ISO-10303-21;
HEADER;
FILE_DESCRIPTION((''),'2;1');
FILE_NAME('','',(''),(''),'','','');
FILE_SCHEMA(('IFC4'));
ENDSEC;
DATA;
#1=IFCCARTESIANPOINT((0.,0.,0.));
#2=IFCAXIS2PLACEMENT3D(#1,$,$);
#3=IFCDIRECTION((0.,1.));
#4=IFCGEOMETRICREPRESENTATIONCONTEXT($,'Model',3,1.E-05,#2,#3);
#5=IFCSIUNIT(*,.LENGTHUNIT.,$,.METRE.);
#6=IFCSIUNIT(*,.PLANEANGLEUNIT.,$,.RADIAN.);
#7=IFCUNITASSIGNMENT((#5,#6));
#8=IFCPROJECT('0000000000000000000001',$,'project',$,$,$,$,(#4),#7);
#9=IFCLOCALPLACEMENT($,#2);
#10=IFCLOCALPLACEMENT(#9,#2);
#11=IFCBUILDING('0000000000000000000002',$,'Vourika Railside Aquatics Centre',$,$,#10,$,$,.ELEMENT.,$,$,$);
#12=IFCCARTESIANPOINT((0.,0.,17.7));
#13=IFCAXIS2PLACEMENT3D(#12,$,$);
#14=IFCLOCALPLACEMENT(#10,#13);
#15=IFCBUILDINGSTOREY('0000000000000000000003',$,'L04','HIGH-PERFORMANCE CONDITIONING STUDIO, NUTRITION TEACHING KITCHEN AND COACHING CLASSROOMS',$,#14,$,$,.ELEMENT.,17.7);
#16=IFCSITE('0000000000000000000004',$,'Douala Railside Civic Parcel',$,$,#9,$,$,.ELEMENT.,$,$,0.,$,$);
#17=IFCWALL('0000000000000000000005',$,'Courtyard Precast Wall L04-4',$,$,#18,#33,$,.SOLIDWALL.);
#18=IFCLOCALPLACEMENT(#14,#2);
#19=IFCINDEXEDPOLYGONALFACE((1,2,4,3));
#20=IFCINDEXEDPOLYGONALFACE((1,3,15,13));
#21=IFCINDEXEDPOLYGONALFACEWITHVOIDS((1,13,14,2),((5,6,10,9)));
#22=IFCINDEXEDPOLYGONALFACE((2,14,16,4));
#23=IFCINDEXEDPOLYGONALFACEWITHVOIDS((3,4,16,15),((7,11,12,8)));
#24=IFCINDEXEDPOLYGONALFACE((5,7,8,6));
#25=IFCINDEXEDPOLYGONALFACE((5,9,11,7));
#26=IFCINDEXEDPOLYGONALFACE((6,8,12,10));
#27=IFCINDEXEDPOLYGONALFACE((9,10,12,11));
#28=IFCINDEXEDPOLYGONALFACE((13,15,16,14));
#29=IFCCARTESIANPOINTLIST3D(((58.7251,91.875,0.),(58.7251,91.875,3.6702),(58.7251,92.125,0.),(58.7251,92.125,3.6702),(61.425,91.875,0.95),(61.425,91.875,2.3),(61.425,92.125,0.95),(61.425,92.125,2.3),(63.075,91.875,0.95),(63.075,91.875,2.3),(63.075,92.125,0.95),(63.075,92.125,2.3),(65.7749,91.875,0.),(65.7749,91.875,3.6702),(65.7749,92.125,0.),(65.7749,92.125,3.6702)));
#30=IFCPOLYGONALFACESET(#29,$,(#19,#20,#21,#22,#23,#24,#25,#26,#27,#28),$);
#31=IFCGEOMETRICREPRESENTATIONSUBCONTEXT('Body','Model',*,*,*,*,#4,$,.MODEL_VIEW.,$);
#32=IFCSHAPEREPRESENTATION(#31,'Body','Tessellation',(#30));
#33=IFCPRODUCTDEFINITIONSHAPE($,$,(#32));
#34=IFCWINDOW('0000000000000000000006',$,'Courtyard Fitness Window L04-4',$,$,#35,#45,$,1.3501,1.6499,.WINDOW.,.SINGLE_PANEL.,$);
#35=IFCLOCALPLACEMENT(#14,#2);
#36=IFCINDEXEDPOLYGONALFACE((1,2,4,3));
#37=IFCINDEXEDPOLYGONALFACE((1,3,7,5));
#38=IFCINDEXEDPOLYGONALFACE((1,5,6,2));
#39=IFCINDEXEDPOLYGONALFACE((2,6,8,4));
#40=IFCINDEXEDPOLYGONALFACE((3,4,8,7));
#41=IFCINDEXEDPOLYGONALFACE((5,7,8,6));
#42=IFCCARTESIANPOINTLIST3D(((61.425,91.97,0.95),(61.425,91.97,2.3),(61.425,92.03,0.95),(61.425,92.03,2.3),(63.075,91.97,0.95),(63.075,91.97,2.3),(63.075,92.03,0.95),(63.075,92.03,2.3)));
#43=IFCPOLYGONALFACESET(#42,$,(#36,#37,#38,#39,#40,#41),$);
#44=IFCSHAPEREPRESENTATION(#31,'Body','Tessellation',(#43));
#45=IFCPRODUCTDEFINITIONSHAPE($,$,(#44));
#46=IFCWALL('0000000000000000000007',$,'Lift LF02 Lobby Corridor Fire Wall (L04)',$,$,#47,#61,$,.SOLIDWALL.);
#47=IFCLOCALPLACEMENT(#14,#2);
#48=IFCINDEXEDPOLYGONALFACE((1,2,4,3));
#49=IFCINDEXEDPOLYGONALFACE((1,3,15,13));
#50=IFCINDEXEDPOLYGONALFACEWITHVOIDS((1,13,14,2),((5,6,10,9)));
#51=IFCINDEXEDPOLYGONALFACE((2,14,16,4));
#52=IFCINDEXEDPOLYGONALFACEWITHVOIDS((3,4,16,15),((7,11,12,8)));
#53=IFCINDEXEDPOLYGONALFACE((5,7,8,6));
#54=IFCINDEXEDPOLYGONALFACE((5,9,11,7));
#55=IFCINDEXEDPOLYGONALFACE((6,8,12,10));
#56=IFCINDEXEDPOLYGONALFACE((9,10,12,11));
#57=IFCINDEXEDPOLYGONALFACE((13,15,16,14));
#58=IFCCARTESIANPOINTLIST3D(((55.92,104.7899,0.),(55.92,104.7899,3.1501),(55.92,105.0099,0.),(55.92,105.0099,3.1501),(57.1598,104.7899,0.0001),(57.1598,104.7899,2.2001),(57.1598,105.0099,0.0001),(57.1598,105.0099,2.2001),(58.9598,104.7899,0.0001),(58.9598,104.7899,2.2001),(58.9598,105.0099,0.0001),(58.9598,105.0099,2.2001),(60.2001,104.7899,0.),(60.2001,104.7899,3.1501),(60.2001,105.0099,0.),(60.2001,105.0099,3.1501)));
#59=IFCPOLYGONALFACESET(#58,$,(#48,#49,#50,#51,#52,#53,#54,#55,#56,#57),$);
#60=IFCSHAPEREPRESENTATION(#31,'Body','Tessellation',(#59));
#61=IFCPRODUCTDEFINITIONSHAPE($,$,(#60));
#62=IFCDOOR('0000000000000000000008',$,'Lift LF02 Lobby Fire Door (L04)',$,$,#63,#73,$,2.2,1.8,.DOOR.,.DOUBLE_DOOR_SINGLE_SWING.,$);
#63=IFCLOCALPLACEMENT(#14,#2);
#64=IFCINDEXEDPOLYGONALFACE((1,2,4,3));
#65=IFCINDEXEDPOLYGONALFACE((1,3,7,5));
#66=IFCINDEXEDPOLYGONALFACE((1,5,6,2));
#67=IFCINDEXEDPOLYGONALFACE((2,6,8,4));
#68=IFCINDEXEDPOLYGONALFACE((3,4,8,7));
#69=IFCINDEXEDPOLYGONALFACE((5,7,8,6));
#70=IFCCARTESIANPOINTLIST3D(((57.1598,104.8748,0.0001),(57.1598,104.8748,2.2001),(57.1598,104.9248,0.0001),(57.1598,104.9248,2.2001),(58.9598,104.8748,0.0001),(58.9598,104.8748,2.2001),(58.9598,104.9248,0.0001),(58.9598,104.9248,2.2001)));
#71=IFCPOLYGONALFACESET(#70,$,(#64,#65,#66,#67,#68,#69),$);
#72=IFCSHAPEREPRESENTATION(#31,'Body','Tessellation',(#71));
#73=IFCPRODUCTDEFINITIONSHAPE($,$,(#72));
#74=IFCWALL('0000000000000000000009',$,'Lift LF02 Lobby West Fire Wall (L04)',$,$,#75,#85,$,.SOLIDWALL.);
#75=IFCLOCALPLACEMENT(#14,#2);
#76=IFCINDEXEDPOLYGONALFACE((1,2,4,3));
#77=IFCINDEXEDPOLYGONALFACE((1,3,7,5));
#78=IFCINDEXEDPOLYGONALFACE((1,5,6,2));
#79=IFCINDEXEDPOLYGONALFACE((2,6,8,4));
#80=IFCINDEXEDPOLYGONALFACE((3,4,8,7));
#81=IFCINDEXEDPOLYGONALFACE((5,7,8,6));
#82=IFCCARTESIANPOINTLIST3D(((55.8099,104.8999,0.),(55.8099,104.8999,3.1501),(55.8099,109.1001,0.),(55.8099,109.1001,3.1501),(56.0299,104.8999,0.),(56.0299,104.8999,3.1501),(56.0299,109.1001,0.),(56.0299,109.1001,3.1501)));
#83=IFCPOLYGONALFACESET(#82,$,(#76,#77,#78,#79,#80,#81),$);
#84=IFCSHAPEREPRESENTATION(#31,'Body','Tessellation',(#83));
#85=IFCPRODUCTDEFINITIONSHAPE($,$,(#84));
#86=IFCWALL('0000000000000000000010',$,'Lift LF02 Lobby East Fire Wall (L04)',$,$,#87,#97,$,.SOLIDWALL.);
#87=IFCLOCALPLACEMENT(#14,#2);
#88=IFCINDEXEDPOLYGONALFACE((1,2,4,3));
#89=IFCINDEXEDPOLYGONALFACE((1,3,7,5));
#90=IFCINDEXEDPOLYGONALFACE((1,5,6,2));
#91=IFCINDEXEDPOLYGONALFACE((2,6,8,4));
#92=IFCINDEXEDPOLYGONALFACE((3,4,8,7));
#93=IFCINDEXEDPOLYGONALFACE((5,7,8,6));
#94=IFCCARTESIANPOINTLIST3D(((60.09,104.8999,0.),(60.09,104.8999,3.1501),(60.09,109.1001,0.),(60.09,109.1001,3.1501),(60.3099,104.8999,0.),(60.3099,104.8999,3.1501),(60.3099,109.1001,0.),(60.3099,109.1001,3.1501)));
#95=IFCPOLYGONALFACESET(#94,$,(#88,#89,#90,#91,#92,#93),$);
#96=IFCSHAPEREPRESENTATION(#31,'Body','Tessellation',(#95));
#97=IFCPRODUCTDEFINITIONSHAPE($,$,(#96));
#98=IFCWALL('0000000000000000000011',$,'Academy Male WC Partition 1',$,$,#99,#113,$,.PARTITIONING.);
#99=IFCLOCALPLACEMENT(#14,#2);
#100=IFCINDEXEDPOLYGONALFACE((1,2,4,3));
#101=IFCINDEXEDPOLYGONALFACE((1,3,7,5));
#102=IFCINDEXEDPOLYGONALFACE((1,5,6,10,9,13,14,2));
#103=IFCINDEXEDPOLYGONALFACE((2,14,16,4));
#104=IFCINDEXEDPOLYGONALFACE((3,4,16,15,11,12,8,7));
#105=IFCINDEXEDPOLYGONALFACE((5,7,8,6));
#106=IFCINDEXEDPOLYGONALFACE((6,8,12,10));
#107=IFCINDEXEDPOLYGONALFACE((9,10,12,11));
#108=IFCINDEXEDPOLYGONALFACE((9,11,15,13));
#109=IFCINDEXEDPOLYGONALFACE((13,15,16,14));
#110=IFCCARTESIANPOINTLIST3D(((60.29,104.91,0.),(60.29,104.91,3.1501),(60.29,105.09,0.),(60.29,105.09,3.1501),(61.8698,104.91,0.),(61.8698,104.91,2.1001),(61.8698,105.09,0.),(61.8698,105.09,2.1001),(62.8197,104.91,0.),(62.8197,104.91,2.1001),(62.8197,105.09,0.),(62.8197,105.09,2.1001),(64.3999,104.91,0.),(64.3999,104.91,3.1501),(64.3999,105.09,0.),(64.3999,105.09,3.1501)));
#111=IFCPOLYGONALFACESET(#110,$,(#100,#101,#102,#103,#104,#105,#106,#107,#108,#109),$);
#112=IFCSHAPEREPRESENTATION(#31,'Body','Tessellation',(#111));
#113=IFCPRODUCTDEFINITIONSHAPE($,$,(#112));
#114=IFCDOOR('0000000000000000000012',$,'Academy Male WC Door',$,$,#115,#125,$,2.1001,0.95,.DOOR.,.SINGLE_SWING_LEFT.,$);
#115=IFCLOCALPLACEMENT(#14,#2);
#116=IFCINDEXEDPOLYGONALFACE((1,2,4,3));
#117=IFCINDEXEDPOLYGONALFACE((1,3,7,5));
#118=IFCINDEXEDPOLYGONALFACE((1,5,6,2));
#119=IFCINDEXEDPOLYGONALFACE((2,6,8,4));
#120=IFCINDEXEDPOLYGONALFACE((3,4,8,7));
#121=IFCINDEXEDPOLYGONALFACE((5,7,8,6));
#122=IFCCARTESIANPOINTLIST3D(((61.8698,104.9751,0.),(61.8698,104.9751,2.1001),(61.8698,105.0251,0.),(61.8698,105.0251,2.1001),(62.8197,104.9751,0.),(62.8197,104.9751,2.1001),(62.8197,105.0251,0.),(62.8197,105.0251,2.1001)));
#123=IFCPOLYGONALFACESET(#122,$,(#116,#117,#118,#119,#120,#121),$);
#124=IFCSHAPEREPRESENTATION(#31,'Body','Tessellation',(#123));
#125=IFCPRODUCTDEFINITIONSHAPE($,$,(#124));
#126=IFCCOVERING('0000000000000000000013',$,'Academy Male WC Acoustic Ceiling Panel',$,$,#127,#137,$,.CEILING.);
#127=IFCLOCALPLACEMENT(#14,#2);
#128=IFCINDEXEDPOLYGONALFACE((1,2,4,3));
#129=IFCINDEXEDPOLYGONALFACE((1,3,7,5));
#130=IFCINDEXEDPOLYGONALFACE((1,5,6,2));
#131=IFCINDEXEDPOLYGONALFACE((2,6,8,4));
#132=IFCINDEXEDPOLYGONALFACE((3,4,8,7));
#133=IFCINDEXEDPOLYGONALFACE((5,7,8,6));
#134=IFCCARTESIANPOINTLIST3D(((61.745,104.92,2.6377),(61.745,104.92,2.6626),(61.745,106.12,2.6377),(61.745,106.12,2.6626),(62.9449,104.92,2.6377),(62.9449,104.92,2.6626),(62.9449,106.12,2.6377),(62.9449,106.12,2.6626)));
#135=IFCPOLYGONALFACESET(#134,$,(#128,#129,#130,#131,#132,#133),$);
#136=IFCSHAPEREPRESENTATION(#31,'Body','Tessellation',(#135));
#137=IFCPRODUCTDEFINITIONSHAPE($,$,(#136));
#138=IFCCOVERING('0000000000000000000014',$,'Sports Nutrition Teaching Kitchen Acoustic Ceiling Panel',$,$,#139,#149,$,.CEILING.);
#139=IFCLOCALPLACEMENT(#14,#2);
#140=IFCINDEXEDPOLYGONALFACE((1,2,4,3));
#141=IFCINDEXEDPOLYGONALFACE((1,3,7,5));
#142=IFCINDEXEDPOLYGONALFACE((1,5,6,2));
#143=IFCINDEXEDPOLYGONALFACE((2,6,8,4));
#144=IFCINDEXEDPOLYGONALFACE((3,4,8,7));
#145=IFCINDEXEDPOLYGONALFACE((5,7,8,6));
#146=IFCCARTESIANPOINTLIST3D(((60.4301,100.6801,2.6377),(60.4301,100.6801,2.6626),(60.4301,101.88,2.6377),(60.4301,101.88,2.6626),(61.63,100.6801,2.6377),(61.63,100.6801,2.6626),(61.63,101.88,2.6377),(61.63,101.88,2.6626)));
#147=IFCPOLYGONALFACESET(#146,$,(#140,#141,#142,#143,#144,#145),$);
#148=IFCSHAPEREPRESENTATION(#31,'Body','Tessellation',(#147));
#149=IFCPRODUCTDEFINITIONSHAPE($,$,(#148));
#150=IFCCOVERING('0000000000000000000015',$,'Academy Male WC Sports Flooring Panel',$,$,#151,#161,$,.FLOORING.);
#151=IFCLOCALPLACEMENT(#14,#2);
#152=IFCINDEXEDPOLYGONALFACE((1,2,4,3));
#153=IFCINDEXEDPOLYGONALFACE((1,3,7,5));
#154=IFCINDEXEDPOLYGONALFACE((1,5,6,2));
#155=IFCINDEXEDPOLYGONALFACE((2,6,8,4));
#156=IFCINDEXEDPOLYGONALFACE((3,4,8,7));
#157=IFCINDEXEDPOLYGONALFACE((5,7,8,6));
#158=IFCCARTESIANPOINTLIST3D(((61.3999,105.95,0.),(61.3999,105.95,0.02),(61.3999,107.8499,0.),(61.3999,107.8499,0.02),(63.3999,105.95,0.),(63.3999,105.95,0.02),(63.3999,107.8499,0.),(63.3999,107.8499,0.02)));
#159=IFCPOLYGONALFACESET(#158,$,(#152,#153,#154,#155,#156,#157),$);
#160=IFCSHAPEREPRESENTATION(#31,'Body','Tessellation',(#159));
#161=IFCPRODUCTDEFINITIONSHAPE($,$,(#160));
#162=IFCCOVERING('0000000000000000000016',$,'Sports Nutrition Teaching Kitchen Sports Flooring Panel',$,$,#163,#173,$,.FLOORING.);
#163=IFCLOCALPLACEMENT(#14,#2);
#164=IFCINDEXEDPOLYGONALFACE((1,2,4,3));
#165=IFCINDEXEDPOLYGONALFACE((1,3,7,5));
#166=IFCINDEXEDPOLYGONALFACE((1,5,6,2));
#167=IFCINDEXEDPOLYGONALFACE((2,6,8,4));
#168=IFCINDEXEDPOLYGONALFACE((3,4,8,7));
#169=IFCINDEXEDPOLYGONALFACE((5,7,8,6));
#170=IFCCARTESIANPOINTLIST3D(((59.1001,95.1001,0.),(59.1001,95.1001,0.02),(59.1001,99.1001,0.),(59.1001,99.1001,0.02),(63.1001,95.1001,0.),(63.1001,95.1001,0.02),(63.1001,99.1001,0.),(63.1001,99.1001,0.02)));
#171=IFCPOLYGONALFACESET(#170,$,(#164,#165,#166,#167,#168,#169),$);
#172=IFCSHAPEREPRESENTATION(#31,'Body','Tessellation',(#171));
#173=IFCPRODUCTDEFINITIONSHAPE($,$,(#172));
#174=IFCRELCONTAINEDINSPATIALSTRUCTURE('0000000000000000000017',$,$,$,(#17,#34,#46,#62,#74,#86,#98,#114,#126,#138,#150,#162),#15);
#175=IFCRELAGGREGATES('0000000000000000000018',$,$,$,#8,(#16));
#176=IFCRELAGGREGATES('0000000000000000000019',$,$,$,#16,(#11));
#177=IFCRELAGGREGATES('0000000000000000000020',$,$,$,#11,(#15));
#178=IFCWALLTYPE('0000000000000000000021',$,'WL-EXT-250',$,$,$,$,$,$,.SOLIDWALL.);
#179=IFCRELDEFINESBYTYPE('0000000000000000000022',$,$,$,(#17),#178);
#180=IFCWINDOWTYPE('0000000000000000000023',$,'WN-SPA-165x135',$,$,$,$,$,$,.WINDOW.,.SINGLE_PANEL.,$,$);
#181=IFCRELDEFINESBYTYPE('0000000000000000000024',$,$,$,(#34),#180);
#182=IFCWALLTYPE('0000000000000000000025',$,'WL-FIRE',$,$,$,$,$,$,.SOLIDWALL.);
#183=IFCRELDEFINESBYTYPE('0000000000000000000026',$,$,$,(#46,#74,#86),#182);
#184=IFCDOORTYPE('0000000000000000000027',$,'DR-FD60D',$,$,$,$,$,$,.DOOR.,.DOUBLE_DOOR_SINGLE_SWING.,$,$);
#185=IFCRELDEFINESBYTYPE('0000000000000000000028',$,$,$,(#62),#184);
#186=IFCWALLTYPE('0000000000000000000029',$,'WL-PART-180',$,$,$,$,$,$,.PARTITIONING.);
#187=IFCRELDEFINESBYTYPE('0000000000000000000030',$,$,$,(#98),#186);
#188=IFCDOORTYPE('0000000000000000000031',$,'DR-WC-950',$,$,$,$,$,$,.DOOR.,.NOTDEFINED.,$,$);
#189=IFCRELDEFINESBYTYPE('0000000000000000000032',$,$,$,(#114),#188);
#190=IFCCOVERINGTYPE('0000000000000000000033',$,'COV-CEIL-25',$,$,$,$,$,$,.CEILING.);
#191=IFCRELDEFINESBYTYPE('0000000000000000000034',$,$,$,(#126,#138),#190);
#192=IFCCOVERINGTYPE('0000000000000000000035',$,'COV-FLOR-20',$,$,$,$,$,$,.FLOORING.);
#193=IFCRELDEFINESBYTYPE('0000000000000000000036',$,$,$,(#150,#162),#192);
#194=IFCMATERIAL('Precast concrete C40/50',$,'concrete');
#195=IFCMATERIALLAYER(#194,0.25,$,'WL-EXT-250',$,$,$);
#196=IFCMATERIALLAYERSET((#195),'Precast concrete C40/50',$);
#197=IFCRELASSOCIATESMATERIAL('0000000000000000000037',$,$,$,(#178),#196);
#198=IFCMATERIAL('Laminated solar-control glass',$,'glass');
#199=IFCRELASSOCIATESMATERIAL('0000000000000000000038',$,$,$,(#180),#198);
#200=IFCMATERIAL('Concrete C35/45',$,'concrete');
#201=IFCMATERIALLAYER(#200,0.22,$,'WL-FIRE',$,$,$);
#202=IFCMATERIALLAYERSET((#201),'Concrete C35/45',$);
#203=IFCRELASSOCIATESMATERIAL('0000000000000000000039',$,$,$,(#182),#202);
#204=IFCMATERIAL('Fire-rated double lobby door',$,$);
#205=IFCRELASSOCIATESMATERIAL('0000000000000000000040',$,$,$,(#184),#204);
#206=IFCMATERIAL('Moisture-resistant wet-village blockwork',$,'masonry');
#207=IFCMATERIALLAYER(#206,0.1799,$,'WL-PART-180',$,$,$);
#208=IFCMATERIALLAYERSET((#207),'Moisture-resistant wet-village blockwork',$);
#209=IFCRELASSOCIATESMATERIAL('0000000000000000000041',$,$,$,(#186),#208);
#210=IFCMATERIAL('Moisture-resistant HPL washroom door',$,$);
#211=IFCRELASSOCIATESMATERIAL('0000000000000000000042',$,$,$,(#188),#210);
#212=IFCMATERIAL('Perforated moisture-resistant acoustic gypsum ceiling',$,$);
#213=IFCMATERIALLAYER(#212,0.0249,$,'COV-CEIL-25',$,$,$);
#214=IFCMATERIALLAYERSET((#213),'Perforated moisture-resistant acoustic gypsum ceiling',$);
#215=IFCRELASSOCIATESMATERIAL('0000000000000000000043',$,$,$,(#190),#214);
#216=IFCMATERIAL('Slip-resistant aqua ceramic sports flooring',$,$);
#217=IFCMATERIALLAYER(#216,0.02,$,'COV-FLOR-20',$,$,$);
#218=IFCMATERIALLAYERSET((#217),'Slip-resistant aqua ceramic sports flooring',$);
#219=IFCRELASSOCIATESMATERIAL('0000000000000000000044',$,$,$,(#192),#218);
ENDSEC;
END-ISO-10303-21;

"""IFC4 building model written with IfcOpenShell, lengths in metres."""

from ifc_helpers import new_model, si_unit, direction, frame, frame_2d, origin, origin_2d, place, context, subcontext, project, spatial, rectangle, extrude, material, layer, layer_set, type_object, element, fill, save


model = new_model("IFC4")

# Units and contexts
model_context = context("Model", 3, precision=1e-05, world=origin(), true_north=direction((0.0, 1.0)))
body_context = subcontext(model_context, "Body", "Model", "MODEL_VIEW")
ifc_project = project(units=[si_unit("LENGTHUNIT", "METRE"), si_unit("PLANEANGLEUNIT", "RADIAN")], contexts=[model_context])

# Site, building, storey
site_placement = place(None, origin())
site = spatial("IfcSite", under=ifc_project, at=site_placement, Name="Douala Railside Civic Parcel", CompositionType="ELEMENT", RefElevation=0.0)
building_placement = place(site_placement, origin())
building = spatial("IfcBuilding", under=site, at=building_placement, Name="Vourika Railside Aquatics Centre", CompositionType="ELEMENT")
storey_placement = place(building_placement, frame((0.0, 0.0, 17.7)))
storey = spatial("IfcBuildingStorey", under=building, at=storey_placement, Name="L04", Description="HIGH-PERFORMANCE CONDITIONING STUDIO, NUTRITION TEACHING KITCHEN AND COACHING CLASSROOMS", CompositionType="ELEMENT", Elevation=17.7)

# Shared definitions
ifc_material_1 = material(Name="Concrete C35/45", Category="concrete")

# Wall, opening, window
ifc_material_2 = material(Name="Precast concrete C40/50", Category="concrete")
ifc_layer_1 = layer(ifc_material_2, 0.25, Name="WL-EXT-250")
ifc_layer_set_1 = layer_set([ifc_layer_1], Name="Precast concrete C40/50")
wall_type_1 = type_object("IfcWallType", Name="WL-EXT-250", PredefinedType="SOLIDWALL", material=ifc_layer_set_1)
wall_1_placement = place(storey_placement, frame((58.7251, 92.0, 0.0), z_axis=(0.0, 0.0, 1.0), x_axis=(1.0, 0.0, 0.0)))
wall_1 = element("IfcWall", 1, at=wall_1_placement, inside=storey, type_object=wall_type_1, Name="Courtyard Precast Wall L04-4", PredefinedType="SOLIDWALL", context=body_context, shape_type="SweptSolid", body=[
    extrude(rectangle(XDim=7.0498, YDim=0.25, at=frame_2d((3.5249, 0.0))), origin(), (0.0, 0.0, 1.0), 3.6702),
])
opening_1_placement = place(wall_1_placement, frame((2.7, 0.0, 0.95)))
opening_1 = element("IfcOpeningElement", 2, at=opening_1_placement, cuts=wall_1, PredefinedType="OPENING", context=body_context, shape_type="SweptSolid", body=[
    extrude(rectangle(XDim=1.6499, YDim=1.3501, at=frame_2d((0.825, 0.675))), frame((0.0, 0.135, 0.0), z_axis=(0.0, -1.0, 0.0), x_axis=(1.0, 0.0, 0.0)), (0.0, 0.0, 1.0), 0.27),
])
ifc_material_3 = material(Name="Laminated solar-control glass", Category="glass")
window_type = type_object("IfcWindowType", Name="WN-SPA-165x135", PartitioningType="SINGLE_PANEL", PredefinedType="WINDOW", material=ifc_material_3)
window_placement = place(opening_1_placement, origin())
window = element("IfcWindow", 3, at=window_placement, inside=storey, type_object=window_type, Name="Courtyard Fitness Window L04-4", OverallHeight=1.3501, OverallWidth=1.6499, PartitioningType="SINGLE_PANEL", PredefinedType="WINDOW", context=body_context, shape_type="SweptSolid", body=[
    extrude(rectangle(XDim=1.6499, YDim=1.3501, at=frame_2d((0.825, 0.675))), frame((0.0, 0.03, 0.0), z_axis=(0.0, -1.0, 0.0), x_axis=(1.0, 0.0, 0.0)), (0.0, 0.0, 1.0), 0.0601),
])
fill(opening_1, window)

# Wall, opening, door
ifc_layer_2 = layer(ifc_material_1, 0.22, Name="WL-FIRE")
ifc_layer_set_2 = layer_set([ifc_layer_2], Name="Concrete C35/45")
wall_type_2 = type_object("IfcWallType", Name="WL-FIRE", PredefinedType="SOLIDWALL", material=ifc_layer_set_2)
wall_2_placement = place(storey_placement, frame((55.9199, 104.8999, 0.0), z_axis=(0.0, 0.0, 1.0), x_axis=(1.0, 0.0, 0.0)))
wall_2 = element("IfcWall", 4, at=wall_2_placement, inside=storey, type_object=wall_type_2, Name="Lift LF02 Lobby Corridor Fire Wall (L04)", PredefinedType="SOLIDWALL", context=body_context, shape_type="SweptSolid", body=[
    extrude(rectangle(XDim=4.28, YDim=0.22, at=frame_2d((2.1401, 0.0))), origin(), (0.0, 0.0, 1.0), 3.1501),
])
opening_2_placement = place(wall_2_placement, frame((1.24, 0.0, 0.0)))
opening_2 = element("IfcOpeningElement", 5, at=opening_2_placement, cuts=wall_2, PredefinedType="OPENING", context=body_context, shape_type="SweptSolid", body=[
    extrude(rectangle(XDim=1.8, YDim=2.2, at=frame_2d((0.8999, 1.1001))), frame((0.0, 0.1201, 0.0), z_axis=(0.0, -1.0, 0.0), x_axis=(1.0, 0.0, 0.0)), (0.0, 0.0, 1.0), 0.24),
])
ifc_material_4 = material(Name="Fire-rated double lobby door")
door_type_1 = type_object("IfcDoorType", Name="DR-FD60D", OperationType="DOUBLE_DOOR_SINGLE_SWING", PredefinedType="DOOR", material=ifc_material_4)
door_1_placement = place(opening_2_placement, origin())
door_1 = element("IfcDoor", 6, at=door_1_placement, inside=storey, type_object=door_type_1, Name="Lift LF02 Lobby Fire Door (L04)", OperationType="DOUBLE_DOOR_SINGLE_SWING", OverallHeight=2.2, OverallWidth=1.8, PredefinedType="DOOR", context=body_context, shape_type="SweptSolid", body=[
    extrude(rectangle(XDim=1.8, YDim=2.2, at=frame_2d((0.8999, 1.1001))), frame((0.0, 0.0249, 0.0), z_axis=(0.0, -1.0, 0.0), x_axis=(1.0, 0.0, 0.0)), (0.0, 0.0, 1.0), 0.05),
])
fill(opening_2, door_1)

# Walls
for number, where, z_axis, x_axis, name in (
    (7, (55.9199, 104.8999, 0.0), (0.0, 0.0, 1.0), (0.0, 1.0, 0.0), "Lift LF02 Lobby West Fire Wall (L04)"),
    (8, (60.2, 104.8999, 0.0), (0.0, 0.0, 1.0), (0.0, 1.0, 0.0), "Lift LF02 Lobby East Fire Wall (L04)"),
):
    element("IfcWall", number, at=place(storey_placement, frame(where, z_axis=z_axis, x_axis=x_axis)), inside=storey, type_object=wall_type_2, Name=name, PredefinedType="SOLIDWALL", context=body_context, shape_type="SweptSolid", body=[
        extrude(rectangle(XDim=4.2002, YDim=0.22, at=frame_2d((2.1001, 0.0))), origin(), (0.0, 0.0, 1.0), 3.1501),
    ])

# Wall, opening, door
ifc_material_5 = material(Name="Moisture-resistant wet-village blockwork", Category="masonry")
ifc_layer_3 = layer(ifc_material_5, 0.1799, Name="WL-PART-180")
ifc_layer_set_3 = layer_set([ifc_layer_3], Name="Moisture-resistant wet-village blockwork")
wall_type_3 = type_object("IfcWallType", Name="WL-PART-180", PredefinedType="PARTITIONING", material=ifc_layer_set_3)
wall_3_placement = place(storey_placement, frame((64.3999, 105.0, 0.0), z_axis=(0.0, 0.0, 1.0), x_axis=(-1.0, 0.0, 0.0)))
wall_3 = element("IfcWall", 9, at=wall_3_placement, inside=storey, type_object=wall_type_3, Name="Academy Male WC Partition 1", PredefinedType="PARTITIONING", context=body_context, shape_type="SweptSolid", body=[
    extrude(rectangle(XDim=4.1099, YDim=0.1799, at=frame_2d((2.0549, 0.0))), origin(), (0.0, 0.0, 1.0), 3.1501),
])
opening_3_placement = place(wall_3_placement, frame((1.5801, 0.0, 0.0)))
opening_3 = element("IfcOpeningElement", 10, at=opening_3_placement, cuts=wall_3, PredefinedType="OPENING", context=body_context, shape_type="SweptSolid", body=[
    extrude(rectangle(XDim=0.95, YDim=2.1001, at=frame_2d((0.4751, 1.05))), frame((0.0, 0.1001, 0.0), z_axis=(0.0, -1.0, 0.0), x_axis=(1.0, 0.0, 0.0)), (0.0, 0.0, 1.0), 0.2),
])
ifc_material_6 = material(Name="Moisture-resistant HPL washroom door")
door_type_2 = type_object("IfcDoorType", Name="DR-WC-950", OperationType="NOTDEFINED", PredefinedType="DOOR", material=ifc_material_6)
door_2_placement = place(opening_3_placement, origin())
door_2 = element("IfcDoor", 11, at=door_2_placement, inside=storey, type_object=door_type_2, Name="Academy Male WC Door", OperationType="SINGLE_SWING_LEFT", OverallHeight=2.1001, OverallWidth=0.95, PredefinedType="DOOR", context=body_context, shape_type="SweptSolid", body=[
    extrude(rectangle(XDim=0.95, YDim=2.1001, at=frame_2d((0.4751, 1.05))), frame((0.0, 0.0249, 0.0), z_axis=(0.0, -1.0, 0.0), x_axis=(1.0, 0.0, 0.0)), (0.0, 0.0, 1.0), 0.05),
])
fill(opening_3, door_2)

# Coverings
ifc_material_7 = material(Name="Perforated moisture-resistant acoustic gypsum ceiling")
ifc_layer_4 = layer(ifc_material_7, 0.0249, Name="COV-CEIL-25")
ifc_layer_set_4 = layer_set([ifc_layer_4], Name="Perforated moisture-resistant acoustic gypsum ceiling")
covering_type_1 = type_object("IfcCoveringType", Name="COV-CEIL-25", PredefinedType="CEILING", material=ifc_layer_set_4)
for number, where, z_axis, x_axis, name in (
    (12, (62.345, 105.52, 2.6377), (0.0, 0.0, 1.0), (1.0, 0.0, 0.0), "Academy Male WC Acoustic Ceiling Panel"),
    (13, (61.03, 101.28, 2.6377), (0.0, 0.0, 1.0), (1.0, 0.0, 0.0), "Sports Nutrition Teaching Kitchen Acoustic Ceiling Panel"),
):
    element("IfcCovering", number, at=place(storey_placement, frame(where, z_axis=z_axis, x_axis=x_axis)), inside=storey, type_object=covering_type_1, Name=name, PredefinedType="CEILING", context=body_context, shape_type="SweptSolid", body=[
        extrude(rectangle(XDim=1.2, YDim=1.2, at=origin_2d()), origin(), (0.0, 0.0, 1.0), 0.0249),
    ])
ifc_material_8 = material(Name="Slip-resistant aqua ceramic sports flooring")
ifc_layer_5 = layer(ifc_material_8, 0.02, Name="COV-FLOR-20")
ifc_layer_set_5 = layer_set([ifc_layer_5], Name="Slip-resistant aqua ceramic sports flooring")
covering_type_2 = type_object("IfcCoveringType", Name="COV-FLOR-20", PredefinedType="FLOORING", material=ifc_layer_set_5)
covering_1_placement = place(storey_placement, frame((62.3999, 106.8999, 0.0), z_axis=(0.0, 0.0, 1.0), x_axis=(1.0, 0.0, 0.0)))
element("IfcCovering", 14, at=covering_1_placement, inside=storey, type_object=covering_type_2, Name="Academy Male WC Sports Flooring Panel", PredefinedType="FLOORING", context=body_context, shape_type="SweptSolid", body=[
    extrude(rectangle(XDim=2.0, YDim=1.8999, at=origin_2d()), origin(), (0.0, 0.0, 1.0), 0.02),
])
covering_2_placement = place(storey_placement, frame((61.1001, 97.1001, 0.0), z_axis=(0.0, 0.0, 1.0), x_axis=(1.0, 0.0, 0.0)))
element("IfcCovering", 15, at=covering_2_placement, inside=storey, type_object=covering_type_2, Name="Sports Nutrition Teaching Kitchen Sports Flooring Panel", PredefinedType="FLOORING", context=body_context, shape_type="SweptSolid", body=[
    extrude(rectangle(XDim=4.0, YDim=4.0, at=origin_2d()), origin(), (0.0, 0.0, 1.0), 0.02),
])

save(model, "model.ifc")
